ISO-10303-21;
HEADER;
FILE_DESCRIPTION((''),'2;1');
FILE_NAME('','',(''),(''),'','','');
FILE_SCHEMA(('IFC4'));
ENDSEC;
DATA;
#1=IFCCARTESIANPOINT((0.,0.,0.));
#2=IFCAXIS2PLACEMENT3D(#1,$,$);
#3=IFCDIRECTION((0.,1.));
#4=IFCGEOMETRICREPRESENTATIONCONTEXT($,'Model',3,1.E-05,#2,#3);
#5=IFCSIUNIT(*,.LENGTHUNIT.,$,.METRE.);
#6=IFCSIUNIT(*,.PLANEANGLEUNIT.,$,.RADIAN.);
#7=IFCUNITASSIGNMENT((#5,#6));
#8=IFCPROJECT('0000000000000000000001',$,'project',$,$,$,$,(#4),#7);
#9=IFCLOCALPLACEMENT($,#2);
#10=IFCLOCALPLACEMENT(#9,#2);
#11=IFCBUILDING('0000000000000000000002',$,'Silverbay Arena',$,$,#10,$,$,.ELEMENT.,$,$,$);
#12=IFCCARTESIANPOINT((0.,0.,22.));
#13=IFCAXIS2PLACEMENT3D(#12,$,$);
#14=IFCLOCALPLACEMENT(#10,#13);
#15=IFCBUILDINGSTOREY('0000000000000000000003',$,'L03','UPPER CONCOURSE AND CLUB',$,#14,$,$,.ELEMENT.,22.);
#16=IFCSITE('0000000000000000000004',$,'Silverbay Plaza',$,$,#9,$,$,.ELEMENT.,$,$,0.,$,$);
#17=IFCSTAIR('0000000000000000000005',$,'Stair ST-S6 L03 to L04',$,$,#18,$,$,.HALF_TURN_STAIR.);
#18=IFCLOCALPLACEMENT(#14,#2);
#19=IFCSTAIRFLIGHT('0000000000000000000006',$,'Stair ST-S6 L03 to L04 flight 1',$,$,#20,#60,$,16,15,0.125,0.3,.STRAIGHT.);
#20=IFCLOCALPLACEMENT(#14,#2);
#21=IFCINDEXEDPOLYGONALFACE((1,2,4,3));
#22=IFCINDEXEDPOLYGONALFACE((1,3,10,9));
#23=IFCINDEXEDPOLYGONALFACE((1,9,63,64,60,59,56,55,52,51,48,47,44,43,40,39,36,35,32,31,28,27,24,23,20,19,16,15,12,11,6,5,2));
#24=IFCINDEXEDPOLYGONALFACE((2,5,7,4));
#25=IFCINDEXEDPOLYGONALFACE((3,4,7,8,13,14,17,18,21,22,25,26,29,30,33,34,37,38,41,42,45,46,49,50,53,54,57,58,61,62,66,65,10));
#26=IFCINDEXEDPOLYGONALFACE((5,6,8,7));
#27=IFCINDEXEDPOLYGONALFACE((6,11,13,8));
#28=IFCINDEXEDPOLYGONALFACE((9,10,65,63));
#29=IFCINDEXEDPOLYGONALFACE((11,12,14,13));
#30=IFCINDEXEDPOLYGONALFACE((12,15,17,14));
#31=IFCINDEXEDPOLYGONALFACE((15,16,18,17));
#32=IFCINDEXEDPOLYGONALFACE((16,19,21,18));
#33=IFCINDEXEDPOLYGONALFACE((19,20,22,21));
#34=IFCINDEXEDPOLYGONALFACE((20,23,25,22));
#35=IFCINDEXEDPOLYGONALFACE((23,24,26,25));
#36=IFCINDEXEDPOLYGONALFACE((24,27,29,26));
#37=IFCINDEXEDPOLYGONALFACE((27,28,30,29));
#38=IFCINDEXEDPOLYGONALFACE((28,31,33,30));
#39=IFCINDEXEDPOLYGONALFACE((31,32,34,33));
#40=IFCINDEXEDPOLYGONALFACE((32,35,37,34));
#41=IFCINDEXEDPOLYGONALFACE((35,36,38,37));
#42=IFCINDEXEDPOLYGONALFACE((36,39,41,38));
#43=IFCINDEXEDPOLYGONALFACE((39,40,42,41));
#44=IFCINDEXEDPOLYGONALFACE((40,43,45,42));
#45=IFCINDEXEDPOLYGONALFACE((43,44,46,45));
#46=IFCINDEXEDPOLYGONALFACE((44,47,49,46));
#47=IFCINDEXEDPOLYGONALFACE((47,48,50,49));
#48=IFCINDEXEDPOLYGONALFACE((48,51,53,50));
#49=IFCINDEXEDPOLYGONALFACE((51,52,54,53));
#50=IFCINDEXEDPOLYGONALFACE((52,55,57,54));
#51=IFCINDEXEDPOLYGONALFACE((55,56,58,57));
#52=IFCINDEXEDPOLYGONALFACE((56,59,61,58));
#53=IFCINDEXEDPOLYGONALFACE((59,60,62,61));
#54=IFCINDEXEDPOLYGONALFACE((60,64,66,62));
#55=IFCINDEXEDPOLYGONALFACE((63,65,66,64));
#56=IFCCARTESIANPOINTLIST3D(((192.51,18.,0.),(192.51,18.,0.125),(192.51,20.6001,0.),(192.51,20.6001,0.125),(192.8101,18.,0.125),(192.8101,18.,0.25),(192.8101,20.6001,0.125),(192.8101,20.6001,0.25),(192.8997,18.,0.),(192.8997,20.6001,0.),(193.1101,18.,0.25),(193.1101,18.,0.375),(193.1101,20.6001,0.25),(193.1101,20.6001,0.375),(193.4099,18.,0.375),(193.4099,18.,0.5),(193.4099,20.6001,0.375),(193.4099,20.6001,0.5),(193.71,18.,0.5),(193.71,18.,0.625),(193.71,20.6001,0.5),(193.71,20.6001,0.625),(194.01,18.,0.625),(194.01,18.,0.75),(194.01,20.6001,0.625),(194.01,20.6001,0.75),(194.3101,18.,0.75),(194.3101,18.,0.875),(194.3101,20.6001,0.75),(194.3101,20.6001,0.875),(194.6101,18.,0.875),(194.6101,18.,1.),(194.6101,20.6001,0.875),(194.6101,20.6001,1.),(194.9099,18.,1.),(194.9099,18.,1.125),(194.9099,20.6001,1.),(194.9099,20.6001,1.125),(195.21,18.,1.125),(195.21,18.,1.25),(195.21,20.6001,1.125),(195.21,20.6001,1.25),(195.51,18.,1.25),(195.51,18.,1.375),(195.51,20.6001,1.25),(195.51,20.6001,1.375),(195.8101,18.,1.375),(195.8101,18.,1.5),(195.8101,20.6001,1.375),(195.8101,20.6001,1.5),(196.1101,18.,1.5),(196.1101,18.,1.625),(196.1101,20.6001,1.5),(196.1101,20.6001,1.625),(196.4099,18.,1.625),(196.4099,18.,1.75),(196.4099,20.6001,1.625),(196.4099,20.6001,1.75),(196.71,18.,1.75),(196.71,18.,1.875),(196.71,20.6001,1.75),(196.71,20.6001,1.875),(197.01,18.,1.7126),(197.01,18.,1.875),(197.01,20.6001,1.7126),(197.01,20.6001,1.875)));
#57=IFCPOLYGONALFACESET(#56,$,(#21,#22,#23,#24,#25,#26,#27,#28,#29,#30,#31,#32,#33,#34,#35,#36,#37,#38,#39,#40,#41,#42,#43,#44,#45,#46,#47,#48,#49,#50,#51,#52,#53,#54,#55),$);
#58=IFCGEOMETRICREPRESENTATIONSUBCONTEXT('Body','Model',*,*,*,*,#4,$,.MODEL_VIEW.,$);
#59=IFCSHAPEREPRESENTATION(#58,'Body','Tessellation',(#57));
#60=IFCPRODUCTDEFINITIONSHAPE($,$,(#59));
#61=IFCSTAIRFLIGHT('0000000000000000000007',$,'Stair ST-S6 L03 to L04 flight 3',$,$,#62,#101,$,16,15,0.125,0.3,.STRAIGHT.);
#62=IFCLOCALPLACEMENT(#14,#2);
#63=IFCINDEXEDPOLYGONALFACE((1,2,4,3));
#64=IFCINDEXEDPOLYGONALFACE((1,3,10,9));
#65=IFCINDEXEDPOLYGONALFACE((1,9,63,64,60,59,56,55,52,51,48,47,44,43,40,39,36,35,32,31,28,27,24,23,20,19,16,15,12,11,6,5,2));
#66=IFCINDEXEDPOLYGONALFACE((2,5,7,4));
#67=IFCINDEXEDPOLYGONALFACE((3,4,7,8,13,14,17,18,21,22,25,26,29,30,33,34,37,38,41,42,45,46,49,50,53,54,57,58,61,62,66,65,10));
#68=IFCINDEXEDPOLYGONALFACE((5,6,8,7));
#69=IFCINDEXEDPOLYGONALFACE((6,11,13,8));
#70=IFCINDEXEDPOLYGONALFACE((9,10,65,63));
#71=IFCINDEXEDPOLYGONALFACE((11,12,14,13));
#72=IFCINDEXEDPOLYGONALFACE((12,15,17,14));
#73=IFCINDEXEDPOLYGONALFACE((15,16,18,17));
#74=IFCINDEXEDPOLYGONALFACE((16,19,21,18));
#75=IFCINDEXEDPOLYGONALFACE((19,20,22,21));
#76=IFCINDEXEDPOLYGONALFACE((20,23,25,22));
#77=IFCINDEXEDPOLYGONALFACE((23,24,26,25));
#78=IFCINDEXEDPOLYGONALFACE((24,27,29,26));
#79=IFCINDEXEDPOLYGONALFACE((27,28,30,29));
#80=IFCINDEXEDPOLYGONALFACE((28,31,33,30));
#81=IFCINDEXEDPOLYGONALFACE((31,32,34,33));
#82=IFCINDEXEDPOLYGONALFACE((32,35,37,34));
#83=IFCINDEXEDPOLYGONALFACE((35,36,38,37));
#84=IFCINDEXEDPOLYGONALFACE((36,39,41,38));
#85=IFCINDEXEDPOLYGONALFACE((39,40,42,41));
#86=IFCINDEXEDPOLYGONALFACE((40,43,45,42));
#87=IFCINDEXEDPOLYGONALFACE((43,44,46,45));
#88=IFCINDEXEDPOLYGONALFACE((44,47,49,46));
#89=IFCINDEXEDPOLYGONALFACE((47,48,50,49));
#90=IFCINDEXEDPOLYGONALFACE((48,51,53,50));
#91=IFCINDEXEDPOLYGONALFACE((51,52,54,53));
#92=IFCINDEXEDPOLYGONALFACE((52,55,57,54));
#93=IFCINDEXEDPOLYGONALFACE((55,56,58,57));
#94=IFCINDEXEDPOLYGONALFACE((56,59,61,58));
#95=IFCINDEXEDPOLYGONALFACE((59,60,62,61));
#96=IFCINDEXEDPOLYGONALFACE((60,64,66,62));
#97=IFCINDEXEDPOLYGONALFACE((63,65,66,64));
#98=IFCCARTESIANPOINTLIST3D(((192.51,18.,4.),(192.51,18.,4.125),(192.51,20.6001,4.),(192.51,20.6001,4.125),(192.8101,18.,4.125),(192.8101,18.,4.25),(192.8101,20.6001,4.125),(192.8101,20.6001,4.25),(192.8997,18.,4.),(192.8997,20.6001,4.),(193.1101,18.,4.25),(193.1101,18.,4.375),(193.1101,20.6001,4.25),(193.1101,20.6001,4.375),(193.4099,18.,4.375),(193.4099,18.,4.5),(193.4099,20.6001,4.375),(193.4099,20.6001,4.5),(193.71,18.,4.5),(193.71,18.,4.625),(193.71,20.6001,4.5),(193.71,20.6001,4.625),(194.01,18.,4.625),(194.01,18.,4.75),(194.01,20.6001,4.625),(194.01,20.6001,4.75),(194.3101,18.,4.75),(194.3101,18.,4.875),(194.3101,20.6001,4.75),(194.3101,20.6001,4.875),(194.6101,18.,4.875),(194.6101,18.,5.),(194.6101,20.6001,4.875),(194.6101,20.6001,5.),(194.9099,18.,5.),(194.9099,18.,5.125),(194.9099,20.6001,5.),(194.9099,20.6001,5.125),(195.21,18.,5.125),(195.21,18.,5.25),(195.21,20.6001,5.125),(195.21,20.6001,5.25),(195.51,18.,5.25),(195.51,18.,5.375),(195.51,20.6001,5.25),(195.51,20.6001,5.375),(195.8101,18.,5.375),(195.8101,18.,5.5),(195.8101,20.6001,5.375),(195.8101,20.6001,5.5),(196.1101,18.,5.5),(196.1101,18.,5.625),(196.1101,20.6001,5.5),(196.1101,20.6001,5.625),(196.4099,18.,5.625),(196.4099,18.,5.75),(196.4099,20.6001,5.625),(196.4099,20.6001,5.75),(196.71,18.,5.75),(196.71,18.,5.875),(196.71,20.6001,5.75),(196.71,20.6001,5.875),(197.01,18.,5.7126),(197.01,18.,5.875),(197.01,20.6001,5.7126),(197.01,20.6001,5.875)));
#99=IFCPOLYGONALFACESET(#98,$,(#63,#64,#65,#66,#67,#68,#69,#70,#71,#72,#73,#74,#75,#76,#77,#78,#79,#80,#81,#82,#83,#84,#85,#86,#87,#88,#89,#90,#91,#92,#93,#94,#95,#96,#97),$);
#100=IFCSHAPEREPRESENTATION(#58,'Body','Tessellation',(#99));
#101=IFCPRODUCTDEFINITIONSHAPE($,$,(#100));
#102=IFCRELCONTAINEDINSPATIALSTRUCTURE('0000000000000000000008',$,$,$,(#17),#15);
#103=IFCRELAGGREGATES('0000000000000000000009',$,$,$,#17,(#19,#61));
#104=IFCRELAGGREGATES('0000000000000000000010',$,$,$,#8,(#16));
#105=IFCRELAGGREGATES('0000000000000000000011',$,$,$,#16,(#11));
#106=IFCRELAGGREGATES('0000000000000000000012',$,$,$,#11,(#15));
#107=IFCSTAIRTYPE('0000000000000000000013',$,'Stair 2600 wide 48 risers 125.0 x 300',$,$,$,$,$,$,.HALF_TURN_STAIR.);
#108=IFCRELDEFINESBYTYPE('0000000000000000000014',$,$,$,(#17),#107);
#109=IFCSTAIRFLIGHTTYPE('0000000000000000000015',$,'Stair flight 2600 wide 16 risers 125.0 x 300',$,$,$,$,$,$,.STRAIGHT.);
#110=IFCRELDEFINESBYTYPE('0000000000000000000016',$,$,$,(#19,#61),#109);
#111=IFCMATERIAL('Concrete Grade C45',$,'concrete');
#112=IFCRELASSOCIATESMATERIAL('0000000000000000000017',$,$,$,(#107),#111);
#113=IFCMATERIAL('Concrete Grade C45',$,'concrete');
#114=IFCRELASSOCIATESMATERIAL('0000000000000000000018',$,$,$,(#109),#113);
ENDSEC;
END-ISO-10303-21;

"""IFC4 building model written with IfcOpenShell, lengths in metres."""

from ifc_helpers import new_model, si_unit, direction, frame, origin, place, context, subcontext, project, spatial, polyline, outline, extrude, material, type_object, element, aggregate, save


model = new_model("IFC4")

# Units and contexts
model_context = context("Model", 3, precision=1e-05, world=origin(), true_north=direction((0.0, 1.0)))
body_context = subcontext(model_context, "Body", "Model", "MODEL_VIEW")
ifc_project = project(units=[si_unit("LENGTHUNIT", "METRE"), si_unit("PLANEANGLEUNIT", "RADIAN")], contexts=[model_context])

# Site, building, storey
site_placement = place(None, origin())
site = spatial("IfcSite", under=ifc_project, at=site_placement, Name="Silverbay Plaza", CompositionType="ELEMENT", RefElevation=0.0)
building_placement = place(site_placement, origin())
building = spatial("IfcBuilding", under=site, at=building_placement, Name="Silverbay Arena", CompositionType="ELEMENT")
storey_placement = place(building_placement, frame((0.0, 0.0, 22.0)))
storey = spatial("IfcBuildingStorey", under=building, at=storey_placement, Name="L03", Description="UPPER CONCOURSE AND CLUB", CompositionType="ELEMENT", Elevation=22.0)

# Stair, stair flights
ifc_material_1 = material(Name="Concrete Grade C45", Category="concrete")
stair_type = type_object("IfcStairType", Name="Stair 2600 wide 48 risers 125.0 x 300", PredefinedType="HALF_TURN_STAIR", material=ifc_material_1)
stair_placement = place(storey_placement, origin())
stair = element("IfcStair", 1, at=stair_placement, inside=storey, type_object=stair_type, Name="Stair ST-S6 L03 to L04", PredefinedType="HALF_TURN_STAIR")
ifc_material_2 = material(Name="Concrete Grade C45", Category="concrete")
stair_flight_type = type_object("IfcStairFlightType", Name="Stair flight 2600 wide 16 risers 125.0 x 300", PredefinedType="STRAIGHT", material=ifc_material_2)
stair_flight_1_placement = place(storey_placement, frame((192.51, 19.3, 0.0), z_axis=(0.0, 0.0, 1.0), x_axis=(1.0, 0.0, 0.0)))
stair_flight_1 = element("IfcStairFlight", 2, at=stair_flight_1_placement, type_object=stair_flight_type, Name="Stair ST-S6 L03 to L04 flight 1", NumberOfRisers=16, NumberOfTreads=15, PredefinedType="STRAIGHT", RiserHeight=0.125, TreadLength=0.3, context=body_context, shape_type="SweptSolid", body=[
    extrude(outline(polyline([(0.0, 0.0), (0.0, 0.125), (0.3, 0.125), (0.3, 0.25), (0.6001, 0.25), (0.6001, 0.375), (0.8999, 0.375), (0.8999, 0.5), (1.2, 0.5), (1.2, 0.625), (1.5, 0.625), (1.5, 0.75), (1.8, 0.75), (1.8, 0.875), (2.1001, 0.875), (2.1001, 1.0), (2.3999, 1.0), (2.3999, 1.125), (2.7, 1.125), (2.7, 1.25), (3.0, 1.25), (3.0, 1.375), (3.3, 1.375), (3.3, 1.5), (3.6001, 1.5), (3.6001, 1.625), (3.8999, 1.625), (3.8999, 1.75), (4.2, 1.75), (4.2, 1.875), (4.5, 1.875), (4.5, 1.7126), (0.3896, 0.0), (0.0, 0.0)])), frame((0.0, 1.3, 0.0), z_axis=(0.0, -1.0, 0.0), x_axis=(1.0, 0.0, 0.0)), (0.0, 0.0, 1.0), 2.6001),
])
stair_flight_2_placement = place(storey_placement, frame((192.51, 19.3, 4.0), z_axis=(0.0, 0.0, 1.0), x_axis=(1.0, 0.0, 0.0)))
stair_flight_2 = element("IfcStairFlight", 3, at=stair_flight_2_placement, type_object=stair_flight_type, Name="Stair ST-S6 L03 to L04 flight 3", NumberOfRisers=16, NumberOfTreads=15, PredefinedType="STRAIGHT", RiserHeight=0.125, TreadLength=0.3, context=body_context, shape_type="SweptSolid", body=[
    extrude(outline(polyline([(0.0, 0.0), (0.0, 0.125), (0.3, 0.125), (0.3, 0.25), (0.6001, 0.25), (0.6001, 0.375), (0.8999, 0.375), (0.8999, 0.5), (1.2, 0.5), (1.2, 0.625), (1.5, 0.625), (1.5, 0.75), (1.8, 0.75), (1.8, 0.875), (2.1001, 0.875), (2.1001, 1.0), (2.3999, 1.0), (2.3999, 1.125), (2.7, 1.125), (2.7, 1.25), (3.0, 1.25), (3.0, 1.375), (3.3, 1.375), (3.3, 1.5), (3.6001, 1.5), (3.6001, 1.625), (3.8999, 1.625), (3.8999, 1.75), (4.2, 1.75), (4.2, 1.875), (4.5, 1.875), (4.5, 1.7126), (0.3896, 0.0), (0.0, 0.0)])), frame((0.0, 1.3, 0.0), z_axis=(0.0, -1.0, 0.0), x_axis=(1.0, 0.0, 0.0)), (0.0, 0.0, 1.0), 2.6001),
])
aggregate(stair, [stair_flight_1, stair_flight_2])

save(model, "model.ifc")
